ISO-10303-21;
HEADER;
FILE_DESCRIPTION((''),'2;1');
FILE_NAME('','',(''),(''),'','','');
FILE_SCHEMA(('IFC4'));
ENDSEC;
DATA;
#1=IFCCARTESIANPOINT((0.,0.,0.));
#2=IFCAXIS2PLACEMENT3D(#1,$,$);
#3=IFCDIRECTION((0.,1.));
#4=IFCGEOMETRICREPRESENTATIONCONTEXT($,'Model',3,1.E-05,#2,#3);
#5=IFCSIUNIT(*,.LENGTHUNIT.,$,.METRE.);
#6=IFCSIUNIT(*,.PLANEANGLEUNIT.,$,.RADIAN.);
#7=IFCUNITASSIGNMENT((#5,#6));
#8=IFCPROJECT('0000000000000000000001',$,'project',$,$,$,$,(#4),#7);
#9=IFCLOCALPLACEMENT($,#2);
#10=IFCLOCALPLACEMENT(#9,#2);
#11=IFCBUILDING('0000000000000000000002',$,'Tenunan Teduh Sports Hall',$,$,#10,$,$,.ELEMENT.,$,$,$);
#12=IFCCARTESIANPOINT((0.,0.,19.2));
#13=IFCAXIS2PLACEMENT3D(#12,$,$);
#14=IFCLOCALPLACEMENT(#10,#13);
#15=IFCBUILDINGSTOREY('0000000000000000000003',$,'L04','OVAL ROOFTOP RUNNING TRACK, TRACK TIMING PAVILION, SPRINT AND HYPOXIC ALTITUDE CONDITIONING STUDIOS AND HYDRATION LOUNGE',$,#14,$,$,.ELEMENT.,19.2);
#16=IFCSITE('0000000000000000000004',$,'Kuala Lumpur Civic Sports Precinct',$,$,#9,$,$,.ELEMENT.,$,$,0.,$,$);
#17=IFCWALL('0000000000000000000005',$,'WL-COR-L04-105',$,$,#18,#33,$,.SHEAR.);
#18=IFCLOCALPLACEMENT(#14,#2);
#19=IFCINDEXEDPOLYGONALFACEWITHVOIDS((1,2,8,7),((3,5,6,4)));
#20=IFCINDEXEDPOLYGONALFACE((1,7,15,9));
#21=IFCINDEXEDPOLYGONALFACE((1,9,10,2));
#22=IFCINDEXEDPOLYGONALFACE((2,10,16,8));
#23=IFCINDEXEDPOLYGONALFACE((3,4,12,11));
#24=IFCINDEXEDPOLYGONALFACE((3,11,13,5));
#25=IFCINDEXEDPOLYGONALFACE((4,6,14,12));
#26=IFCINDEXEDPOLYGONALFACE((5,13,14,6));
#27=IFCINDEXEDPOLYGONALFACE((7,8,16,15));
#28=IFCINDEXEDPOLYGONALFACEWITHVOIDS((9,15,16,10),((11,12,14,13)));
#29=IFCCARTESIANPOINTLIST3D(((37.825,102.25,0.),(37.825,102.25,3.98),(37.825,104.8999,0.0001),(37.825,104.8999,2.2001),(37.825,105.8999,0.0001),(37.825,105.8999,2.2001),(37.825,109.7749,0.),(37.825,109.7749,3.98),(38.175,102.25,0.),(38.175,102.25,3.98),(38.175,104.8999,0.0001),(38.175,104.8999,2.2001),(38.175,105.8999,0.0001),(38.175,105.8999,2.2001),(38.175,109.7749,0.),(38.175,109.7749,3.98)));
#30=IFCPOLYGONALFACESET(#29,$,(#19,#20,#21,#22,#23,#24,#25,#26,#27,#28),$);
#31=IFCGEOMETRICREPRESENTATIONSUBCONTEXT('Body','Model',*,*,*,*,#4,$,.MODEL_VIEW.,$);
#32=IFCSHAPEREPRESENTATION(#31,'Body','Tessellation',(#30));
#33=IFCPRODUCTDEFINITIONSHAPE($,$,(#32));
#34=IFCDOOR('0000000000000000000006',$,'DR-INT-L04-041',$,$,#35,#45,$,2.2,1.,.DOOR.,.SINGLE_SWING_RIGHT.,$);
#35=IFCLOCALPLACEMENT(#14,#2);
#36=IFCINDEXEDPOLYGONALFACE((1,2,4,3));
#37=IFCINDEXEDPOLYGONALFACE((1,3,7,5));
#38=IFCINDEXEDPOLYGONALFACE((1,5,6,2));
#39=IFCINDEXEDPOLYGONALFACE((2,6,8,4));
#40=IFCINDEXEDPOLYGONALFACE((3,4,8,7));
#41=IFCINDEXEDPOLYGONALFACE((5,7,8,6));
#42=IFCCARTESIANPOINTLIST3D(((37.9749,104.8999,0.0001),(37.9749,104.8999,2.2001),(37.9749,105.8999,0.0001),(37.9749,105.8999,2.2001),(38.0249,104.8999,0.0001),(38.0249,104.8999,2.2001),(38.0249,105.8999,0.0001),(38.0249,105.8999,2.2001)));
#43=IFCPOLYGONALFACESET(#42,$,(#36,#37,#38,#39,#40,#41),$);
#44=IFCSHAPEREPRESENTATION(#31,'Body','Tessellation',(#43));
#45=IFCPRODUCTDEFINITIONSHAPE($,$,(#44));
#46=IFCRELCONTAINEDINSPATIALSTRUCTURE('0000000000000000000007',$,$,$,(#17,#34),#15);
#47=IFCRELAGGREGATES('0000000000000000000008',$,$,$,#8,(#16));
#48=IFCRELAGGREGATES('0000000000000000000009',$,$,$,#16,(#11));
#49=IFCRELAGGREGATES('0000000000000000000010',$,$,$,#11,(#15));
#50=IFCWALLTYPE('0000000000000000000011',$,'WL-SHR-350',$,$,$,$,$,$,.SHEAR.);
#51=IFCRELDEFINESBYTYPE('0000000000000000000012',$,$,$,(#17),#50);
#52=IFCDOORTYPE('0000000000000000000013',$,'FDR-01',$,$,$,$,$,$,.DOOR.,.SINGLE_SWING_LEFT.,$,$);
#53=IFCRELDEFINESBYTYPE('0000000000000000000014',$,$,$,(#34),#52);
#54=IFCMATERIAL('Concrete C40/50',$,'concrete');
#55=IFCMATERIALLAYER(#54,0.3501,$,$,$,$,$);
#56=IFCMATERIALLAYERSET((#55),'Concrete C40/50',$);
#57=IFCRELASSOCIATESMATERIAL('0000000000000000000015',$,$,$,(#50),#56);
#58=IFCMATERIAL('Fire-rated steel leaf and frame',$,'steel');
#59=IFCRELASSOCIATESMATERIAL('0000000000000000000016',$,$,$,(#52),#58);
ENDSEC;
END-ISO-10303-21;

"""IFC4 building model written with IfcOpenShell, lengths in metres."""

from ifc_helpers import new_model, si_unit, direction, frame, frame_2d, origin, place, context, subcontext, project, spatial, rectangle, extrude, material, layer, layer_set, type_object, element, fill, save


model = new_model("IFC4")

# Units and contexts
model_context = context("Model", 3, precision=1e-05, world=origin(), true_north=direction((0.0, 1.0)))
body_context = subcontext(model_context, "Body", "Model", "MODEL_VIEW")
ifc_project = project(units=[si_unit("LENGTHUNIT", "METRE"), si_unit("PLANEANGLEUNIT", "RADIAN")], contexts=[model_context])

# Site, building, storey
site_placement = place(None, origin())
site = spatial("IfcSite", under=ifc_project, at=site_placement, Name="Kuala Lumpur Civic Sports Precinct", CompositionType="ELEMENT", RefElevation=0.0)
building_placement = place(site_placement, origin())
building = spatial("IfcBuilding", under=site, at=building_placement, Name="Tenunan Teduh Sports Hall", CompositionType="ELEMENT")
storey_placement = place(building_placement, frame((0.0, 0.0, 19.2)))
storey = spatial("IfcBuildingStorey", under=building, at=storey_placement, Name="L04", Description="OVAL ROOFTOP RUNNING TRACK, TRACK TIMING PAVILION, SPRINT AND HYPOXIC ALTITUDE CONDITIONING STUDIOS AND HYDRATION LOUNGE", CompositionType="ELEMENT", Elevation=19.2)

# Wall, opening, door
ifc_material_1 = material(Name="Concrete C40/50", Category="concrete")
ifc_layer_1 = layer(ifc_material_1, 0.3501)
ifc_layer_set_1 = layer_set([ifc_layer_1], Name="Concrete C40/50")
wall_type_1 = type_object("IfcWallType", Name="WL-SHR-350", PredefinedType="SHEAR", material=ifc_layer_set_1)
wall_1_placement = place(storey_placement, frame((38.0, 102.25, 0.0), z_axis=(0.0, 0.0, 1.0), x_axis=(0.0, 1.0, 0.0)))
wall_1 = element("IfcWall", 1, at=wall_1_placement, inside=storey, type_object=wall_type_1, Name="WL-COR-L04-105", PredefinedType="SHEAR", context=body_context, shape_type="SweptSolid", body=[
    extrude(rectangle(XDim=7.5249, YDim=0.3501, at=frame_2d((3.7625, 0.0))), origin(), (0.0, 0.0, 1.0), 3.98),
])
opening_1_placement = place(wall_1_placement, frame((2.6499, 0.0, 0.0)))
opening_1 = element("IfcOpeningElement", 2, at=opening_1_placement, cuts=wall_1, PredefinedType="OPENING", context=body_context, shape_type="SweptSolid", body=[
    extrude(rectangle(XDim=1.0, YDim=2.2, at=frame_2d((0.5, 1.1001))), frame((0.0, 0.1851, 0.0), z_axis=(0.0, -1.0, 0.0), x_axis=(1.0, 0.0, 0.0)), (0.0, 0.0, 1.0), 0.3701),
])
ifc_material_2 = material(Name="Fire-rated steel leaf and frame", Category="steel")
door_type_1 = type_object("IfcDoorType", Name="FDR-01", OperationType="SINGLE_SWING_LEFT", PredefinedType="DOOR", material=ifc_material_2)
door_1_placement = place(opening_1_placement, frame((1.0, 0.0, 0.0), z_axis=(0.0, 0.0, 1.0), x_axis=(-1.0, 0.0, 0.0)))
door_1 = element("IfcDoor", 3, at=door_1_placement, inside=storey, type_object=door_type_1, Name="DR-INT-L04-041", OperationType="SINGLE_SWING_RIGHT", OverallHeight=2.2, OverallWidth=1.0, PredefinedType="DOOR", context=body_context, shape_type="SweptSolid", body=[
    extrude(rectangle(XDim=1.0, YDim=2.2, at=frame_2d((0.5, 1.1001))), frame((0.0, 0.0249, 0.0), z_axis=(0.0, -1.0, 0.0), x_axis=(1.0, 0.0, 0.0)), (0.0, 0.0, 1.0), 0.05),
])
fill(opening_1, door_1)

save(model, "model.ifc")
